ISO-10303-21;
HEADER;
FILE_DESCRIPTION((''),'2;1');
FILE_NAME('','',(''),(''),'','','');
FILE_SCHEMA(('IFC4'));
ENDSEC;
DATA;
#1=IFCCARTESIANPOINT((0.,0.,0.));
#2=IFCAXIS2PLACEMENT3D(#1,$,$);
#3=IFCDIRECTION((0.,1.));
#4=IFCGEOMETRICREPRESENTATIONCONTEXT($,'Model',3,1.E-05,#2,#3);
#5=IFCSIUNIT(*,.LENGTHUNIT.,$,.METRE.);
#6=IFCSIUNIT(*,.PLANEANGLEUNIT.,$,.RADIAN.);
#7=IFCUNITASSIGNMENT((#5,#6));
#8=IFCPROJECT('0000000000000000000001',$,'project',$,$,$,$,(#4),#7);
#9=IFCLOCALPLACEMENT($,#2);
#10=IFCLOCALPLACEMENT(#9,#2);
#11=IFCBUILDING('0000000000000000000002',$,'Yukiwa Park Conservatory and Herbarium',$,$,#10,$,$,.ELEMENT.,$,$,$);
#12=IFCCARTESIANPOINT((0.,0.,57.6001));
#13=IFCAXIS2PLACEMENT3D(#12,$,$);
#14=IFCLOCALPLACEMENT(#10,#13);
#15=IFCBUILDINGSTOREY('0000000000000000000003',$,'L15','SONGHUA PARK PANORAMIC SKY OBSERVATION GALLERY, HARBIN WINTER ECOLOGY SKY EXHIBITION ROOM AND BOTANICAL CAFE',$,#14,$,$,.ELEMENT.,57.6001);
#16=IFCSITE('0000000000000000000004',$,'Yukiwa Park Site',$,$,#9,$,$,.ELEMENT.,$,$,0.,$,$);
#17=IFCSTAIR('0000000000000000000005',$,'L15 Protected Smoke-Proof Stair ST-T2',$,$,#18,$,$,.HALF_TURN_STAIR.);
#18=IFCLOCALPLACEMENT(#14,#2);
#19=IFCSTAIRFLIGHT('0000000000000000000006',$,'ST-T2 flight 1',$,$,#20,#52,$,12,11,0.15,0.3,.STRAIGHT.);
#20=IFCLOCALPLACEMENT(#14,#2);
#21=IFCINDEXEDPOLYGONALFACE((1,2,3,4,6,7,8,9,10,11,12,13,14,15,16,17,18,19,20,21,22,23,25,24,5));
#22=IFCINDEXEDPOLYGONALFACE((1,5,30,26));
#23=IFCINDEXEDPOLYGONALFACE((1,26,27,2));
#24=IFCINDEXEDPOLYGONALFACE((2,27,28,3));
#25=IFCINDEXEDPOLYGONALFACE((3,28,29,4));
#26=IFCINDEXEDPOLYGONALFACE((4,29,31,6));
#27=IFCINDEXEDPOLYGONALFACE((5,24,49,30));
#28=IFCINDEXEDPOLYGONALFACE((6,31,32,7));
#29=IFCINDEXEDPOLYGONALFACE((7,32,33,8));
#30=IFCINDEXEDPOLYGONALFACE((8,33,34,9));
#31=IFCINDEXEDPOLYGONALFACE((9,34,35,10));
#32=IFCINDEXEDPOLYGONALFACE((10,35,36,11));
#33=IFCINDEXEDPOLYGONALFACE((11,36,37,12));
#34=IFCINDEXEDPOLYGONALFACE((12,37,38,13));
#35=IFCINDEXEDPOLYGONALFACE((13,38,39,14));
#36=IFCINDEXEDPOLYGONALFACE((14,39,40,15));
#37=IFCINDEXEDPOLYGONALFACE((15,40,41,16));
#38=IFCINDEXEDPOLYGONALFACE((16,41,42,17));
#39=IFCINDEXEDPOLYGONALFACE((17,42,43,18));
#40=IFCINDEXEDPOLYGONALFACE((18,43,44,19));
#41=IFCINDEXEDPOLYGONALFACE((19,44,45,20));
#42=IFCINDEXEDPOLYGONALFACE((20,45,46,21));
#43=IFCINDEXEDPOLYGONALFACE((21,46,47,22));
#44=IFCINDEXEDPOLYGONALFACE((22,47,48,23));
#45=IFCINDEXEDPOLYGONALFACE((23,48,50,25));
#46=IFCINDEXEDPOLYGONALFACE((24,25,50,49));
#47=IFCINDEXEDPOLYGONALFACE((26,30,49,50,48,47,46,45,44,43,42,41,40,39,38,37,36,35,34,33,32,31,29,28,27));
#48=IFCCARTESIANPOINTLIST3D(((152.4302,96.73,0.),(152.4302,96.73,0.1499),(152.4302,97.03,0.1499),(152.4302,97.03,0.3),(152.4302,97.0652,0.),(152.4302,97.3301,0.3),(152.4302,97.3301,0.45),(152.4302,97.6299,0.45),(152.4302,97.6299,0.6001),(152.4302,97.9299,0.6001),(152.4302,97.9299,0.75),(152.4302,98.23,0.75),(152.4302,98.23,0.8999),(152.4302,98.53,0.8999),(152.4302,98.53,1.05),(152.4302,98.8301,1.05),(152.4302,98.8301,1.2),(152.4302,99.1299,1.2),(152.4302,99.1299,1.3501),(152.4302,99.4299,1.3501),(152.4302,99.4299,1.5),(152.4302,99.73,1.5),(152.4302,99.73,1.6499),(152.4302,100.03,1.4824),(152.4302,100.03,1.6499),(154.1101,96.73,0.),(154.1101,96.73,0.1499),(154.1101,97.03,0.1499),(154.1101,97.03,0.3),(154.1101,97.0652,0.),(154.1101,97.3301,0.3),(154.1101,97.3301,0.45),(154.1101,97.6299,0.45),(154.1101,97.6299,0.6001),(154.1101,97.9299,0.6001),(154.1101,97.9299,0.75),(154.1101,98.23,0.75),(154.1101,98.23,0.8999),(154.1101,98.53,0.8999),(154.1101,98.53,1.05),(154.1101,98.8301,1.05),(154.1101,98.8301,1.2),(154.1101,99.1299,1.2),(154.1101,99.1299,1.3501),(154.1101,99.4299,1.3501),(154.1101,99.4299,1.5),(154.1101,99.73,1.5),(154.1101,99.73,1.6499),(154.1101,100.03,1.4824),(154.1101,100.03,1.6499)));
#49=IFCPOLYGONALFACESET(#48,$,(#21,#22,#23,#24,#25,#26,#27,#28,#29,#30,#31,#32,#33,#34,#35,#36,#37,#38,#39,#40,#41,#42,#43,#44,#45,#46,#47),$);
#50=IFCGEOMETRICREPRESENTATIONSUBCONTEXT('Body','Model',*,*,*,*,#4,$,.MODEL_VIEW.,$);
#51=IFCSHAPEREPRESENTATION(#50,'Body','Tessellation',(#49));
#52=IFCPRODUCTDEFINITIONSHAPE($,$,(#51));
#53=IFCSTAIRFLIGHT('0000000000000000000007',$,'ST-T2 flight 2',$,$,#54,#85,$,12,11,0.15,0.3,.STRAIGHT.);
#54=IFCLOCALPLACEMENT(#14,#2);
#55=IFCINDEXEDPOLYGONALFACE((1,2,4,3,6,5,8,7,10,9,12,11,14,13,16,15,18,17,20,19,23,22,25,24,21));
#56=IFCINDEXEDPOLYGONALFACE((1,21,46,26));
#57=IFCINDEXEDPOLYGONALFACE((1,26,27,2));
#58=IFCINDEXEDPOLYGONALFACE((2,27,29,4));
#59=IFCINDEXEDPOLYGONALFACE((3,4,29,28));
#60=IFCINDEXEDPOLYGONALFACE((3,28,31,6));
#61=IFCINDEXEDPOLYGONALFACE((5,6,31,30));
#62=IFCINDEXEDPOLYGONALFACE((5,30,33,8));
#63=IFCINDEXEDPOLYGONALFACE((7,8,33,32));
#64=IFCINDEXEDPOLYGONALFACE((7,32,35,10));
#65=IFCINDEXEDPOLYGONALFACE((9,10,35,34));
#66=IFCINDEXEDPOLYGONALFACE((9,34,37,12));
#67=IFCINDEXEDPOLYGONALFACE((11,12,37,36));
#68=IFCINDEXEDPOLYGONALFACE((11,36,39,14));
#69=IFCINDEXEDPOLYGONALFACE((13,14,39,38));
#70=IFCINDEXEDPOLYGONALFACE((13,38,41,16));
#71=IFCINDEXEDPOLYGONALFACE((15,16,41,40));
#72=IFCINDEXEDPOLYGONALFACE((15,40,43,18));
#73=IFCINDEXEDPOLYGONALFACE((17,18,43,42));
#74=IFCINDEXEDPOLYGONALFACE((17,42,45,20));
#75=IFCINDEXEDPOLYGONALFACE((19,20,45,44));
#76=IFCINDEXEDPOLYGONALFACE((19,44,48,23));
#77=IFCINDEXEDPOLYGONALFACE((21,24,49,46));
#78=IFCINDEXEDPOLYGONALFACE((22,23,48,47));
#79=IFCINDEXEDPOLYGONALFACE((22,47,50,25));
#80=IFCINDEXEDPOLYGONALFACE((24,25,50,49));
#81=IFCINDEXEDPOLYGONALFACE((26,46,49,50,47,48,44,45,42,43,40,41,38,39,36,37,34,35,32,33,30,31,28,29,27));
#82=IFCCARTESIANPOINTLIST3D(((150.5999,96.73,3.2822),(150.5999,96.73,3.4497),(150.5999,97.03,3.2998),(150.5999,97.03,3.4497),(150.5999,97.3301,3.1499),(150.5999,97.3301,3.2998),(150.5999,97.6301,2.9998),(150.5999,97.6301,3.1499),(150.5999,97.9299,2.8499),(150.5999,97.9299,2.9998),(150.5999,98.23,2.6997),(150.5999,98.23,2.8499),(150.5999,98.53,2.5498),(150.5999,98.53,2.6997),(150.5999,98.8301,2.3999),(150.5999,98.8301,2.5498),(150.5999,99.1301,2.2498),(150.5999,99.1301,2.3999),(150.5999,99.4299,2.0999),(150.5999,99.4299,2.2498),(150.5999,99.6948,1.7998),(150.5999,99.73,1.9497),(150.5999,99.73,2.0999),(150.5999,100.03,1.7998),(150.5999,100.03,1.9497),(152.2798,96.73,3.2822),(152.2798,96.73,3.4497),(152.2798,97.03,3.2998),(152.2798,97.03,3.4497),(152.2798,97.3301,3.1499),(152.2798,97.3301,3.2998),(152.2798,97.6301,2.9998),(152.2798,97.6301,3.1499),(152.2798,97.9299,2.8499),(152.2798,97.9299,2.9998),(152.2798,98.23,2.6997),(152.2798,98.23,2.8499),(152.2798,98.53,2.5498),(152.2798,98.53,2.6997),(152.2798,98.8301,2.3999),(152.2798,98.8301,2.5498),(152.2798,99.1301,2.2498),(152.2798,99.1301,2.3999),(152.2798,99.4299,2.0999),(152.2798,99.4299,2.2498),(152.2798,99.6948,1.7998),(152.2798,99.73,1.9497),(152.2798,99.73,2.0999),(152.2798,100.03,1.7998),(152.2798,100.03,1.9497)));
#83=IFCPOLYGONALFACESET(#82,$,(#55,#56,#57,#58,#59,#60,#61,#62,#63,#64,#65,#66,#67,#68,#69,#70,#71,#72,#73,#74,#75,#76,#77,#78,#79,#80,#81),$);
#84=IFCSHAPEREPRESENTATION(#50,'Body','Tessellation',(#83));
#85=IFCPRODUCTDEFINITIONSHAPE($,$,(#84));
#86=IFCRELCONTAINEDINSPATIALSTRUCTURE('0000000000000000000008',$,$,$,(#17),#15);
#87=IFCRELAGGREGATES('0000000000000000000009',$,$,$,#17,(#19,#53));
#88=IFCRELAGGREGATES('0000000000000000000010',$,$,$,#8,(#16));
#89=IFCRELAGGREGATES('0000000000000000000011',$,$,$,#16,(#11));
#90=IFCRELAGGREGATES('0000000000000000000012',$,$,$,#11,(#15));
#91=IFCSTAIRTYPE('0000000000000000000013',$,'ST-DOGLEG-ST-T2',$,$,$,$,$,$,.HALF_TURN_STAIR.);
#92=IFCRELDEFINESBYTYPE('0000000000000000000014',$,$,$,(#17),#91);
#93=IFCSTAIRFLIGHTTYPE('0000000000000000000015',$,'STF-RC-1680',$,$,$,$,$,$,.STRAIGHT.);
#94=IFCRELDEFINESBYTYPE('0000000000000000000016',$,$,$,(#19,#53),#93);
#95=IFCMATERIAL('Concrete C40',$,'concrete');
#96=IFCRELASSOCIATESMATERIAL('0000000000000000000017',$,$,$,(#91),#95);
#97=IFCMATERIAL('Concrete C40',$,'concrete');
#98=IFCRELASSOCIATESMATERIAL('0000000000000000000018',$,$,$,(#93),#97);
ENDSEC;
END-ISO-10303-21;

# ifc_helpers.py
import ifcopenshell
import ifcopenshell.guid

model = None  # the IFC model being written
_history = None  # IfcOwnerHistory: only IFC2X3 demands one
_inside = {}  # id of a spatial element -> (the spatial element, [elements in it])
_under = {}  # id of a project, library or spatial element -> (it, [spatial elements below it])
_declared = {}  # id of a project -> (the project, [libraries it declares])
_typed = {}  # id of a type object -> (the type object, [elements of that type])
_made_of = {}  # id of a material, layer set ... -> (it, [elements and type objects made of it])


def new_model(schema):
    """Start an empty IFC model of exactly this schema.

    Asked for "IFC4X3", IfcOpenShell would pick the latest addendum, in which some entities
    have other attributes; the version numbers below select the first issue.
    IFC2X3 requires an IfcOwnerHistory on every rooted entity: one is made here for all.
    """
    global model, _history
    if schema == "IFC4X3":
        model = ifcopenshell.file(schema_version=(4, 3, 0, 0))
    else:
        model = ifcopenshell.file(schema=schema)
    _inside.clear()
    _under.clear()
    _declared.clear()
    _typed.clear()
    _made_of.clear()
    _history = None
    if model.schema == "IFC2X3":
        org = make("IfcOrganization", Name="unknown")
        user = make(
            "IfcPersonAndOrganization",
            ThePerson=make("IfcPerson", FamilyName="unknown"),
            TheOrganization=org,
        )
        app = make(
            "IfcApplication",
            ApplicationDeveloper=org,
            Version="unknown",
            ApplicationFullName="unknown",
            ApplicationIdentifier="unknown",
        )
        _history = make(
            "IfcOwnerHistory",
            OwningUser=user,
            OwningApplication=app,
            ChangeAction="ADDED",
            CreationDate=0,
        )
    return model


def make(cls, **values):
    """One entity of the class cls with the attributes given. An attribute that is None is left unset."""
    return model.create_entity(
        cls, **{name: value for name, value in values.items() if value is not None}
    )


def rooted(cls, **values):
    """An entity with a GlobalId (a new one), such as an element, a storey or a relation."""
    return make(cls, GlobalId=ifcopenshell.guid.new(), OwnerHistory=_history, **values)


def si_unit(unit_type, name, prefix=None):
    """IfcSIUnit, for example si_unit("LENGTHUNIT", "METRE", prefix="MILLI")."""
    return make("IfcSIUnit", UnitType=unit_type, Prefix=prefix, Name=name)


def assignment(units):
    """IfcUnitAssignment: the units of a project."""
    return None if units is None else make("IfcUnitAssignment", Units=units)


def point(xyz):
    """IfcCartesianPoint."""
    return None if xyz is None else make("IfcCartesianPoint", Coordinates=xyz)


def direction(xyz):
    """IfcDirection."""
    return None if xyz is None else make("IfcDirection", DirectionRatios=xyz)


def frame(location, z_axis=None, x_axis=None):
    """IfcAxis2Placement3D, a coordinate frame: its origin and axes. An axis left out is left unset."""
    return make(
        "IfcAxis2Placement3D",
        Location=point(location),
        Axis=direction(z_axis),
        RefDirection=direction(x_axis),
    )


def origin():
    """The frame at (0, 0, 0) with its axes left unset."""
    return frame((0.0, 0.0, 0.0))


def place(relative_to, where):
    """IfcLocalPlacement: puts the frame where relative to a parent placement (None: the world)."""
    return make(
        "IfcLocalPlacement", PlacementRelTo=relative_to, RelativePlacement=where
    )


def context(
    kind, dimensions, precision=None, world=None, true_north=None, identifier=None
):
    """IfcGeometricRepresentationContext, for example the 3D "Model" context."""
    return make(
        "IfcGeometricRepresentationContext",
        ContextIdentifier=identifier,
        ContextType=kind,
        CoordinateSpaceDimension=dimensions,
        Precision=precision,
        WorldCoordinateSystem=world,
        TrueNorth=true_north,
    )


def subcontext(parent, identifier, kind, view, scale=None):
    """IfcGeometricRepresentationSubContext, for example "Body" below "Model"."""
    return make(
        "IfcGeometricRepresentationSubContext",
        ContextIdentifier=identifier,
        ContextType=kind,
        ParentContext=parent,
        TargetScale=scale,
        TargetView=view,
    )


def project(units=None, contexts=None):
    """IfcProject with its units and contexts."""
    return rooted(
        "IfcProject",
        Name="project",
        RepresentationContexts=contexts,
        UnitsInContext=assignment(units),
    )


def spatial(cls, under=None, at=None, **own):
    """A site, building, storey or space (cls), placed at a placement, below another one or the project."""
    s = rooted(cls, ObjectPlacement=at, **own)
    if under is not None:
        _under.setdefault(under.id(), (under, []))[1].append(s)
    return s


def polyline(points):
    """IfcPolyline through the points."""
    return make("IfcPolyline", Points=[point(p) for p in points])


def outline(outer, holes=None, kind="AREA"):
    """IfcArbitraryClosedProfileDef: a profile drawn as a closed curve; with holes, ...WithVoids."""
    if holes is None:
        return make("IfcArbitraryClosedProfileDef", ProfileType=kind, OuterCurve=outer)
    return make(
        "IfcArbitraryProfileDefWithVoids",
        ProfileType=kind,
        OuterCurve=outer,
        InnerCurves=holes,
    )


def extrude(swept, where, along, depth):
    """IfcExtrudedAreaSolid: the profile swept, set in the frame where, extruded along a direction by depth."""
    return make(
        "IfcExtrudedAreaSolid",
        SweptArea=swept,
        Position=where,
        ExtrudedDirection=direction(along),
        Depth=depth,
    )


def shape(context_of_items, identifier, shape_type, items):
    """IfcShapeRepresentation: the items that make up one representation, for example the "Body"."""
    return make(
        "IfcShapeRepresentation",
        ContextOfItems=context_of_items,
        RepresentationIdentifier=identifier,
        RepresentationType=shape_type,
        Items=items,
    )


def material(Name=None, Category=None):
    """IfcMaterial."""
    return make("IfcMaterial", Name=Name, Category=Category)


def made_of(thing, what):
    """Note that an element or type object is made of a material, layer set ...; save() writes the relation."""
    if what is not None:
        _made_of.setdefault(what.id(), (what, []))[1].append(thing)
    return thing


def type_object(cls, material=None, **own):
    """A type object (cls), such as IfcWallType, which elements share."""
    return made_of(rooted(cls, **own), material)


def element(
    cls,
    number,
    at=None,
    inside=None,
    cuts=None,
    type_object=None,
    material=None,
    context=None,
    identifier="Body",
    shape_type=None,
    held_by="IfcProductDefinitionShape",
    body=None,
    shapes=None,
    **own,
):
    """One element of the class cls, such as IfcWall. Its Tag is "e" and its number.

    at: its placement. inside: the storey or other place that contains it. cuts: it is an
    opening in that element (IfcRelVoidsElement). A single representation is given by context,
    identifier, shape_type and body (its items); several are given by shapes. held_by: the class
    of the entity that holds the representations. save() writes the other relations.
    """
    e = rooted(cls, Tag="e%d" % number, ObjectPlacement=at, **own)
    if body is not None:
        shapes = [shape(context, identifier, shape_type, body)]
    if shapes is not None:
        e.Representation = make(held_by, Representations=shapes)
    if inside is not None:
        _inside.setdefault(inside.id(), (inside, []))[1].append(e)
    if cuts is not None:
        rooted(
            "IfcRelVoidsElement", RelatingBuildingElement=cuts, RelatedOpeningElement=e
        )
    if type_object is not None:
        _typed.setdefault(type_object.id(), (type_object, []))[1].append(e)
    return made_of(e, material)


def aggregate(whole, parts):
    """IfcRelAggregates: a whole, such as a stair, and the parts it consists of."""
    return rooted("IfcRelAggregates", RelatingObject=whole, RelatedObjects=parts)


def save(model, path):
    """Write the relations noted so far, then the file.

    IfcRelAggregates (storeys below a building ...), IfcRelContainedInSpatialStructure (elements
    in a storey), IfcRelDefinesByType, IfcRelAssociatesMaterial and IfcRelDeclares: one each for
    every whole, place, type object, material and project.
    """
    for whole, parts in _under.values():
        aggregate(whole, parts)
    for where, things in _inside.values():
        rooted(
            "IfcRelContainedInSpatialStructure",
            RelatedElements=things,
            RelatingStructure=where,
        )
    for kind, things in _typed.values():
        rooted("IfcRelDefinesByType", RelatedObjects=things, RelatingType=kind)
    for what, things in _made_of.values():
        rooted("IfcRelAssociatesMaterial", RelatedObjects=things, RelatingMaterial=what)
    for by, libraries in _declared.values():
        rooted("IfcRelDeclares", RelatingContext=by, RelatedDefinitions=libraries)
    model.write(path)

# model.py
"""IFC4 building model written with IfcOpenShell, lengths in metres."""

from ifc_helpers import new_model, si_unit, direction, frame, origin, place, context, subcontext, project, spatial, polyline, outline, extrude, material, type_object, element, aggregate, save


model = new_model("IFC4")

# Units and contexts
model_context = context("Model", 3, precision=1e-05, world=origin(), true_north=direction((0.0, 1.0)))
body_context = subcontext(model_context, "Body", "Model", "MODEL_VIEW")
ifc_project = project(units=[si_unit("LENGTHUNIT", "METRE"), si_unit("PLANEANGLEUNIT", "RADIAN")], contexts=[model_context])

# Site, building, storey
site_placement = place(None, origin())
site = spatial("IfcSite", under=ifc_project, at=site_placement, Name="Yukiwa Park Site", CompositionType="ELEMENT", RefElevation=0.0)
building_placement = place(site_placement, origin())
building = spatial("IfcBuilding", under=site, at=building_placement, Name="Yukiwa Park Conservatory and Herbarium", CompositionType="ELEMENT")
storey_placement = place(building_placement, frame((0.0, 0.0, 57.6001)))
storey = spatial("IfcBuildingStorey", under=building, at=storey_placement, Name="L15", Description="SONGHUA PARK PANORAMIC SKY OBSERVATION GALLERY, HARBIN WINTER ECOLOGY SKY EXHIBITION ROOM AND BOTANICAL CAFE", CompositionType="ELEMENT", Elevation=57.6001)

# Stair, stair flights
ifc_material_1 = material(Name="Concrete C40", Category="concrete")
stair_type = type_object("IfcStairType", Name="ST-DOGLEG-ST-T2", PredefinedType="HALF_TURN_STAIR", material=ifc_material_1)
stair_placement = place(storey_placement, origin())
stair = element("IfcStair", 1, at=stair_placement, inside=storey, type_object=stair_type, Name="L15 Protected Smoke-Proof Stair ST-T2", PredefinedType="HALF_TURN_STAIR")
ifc_material_2 = material(Name="Concrete C40", Category="concrete")
stair_flight_type = type_object("IfcStairFlightType", Name="STF-RC-1680", PredefinedType="STRAIGHT", material=ifc_material_2)
stair_flight_1_placement = place(storey_placement, frame((153.27, 96.73, 0.0), z_axis=(0.0, 0.0, 1.0), x_axis=(0.0, 1.0, 0.0)))
stair_flight_1 = element("IfcStairFlight", 2, at=stair_flight_1_placement, type_object=stair_flight_type, Name="ST-T2 flight 1", NumberOfRisers=12, NumberOfTreads=11, PredefinedType="STRAIGHT", RiserHeight=0.15, TreadLength=0.3, context=body_context, shape_type="SweptSolid", body=[
    extrude(outline(polyline([(0.0, 0.0), (0.0, 0.1499), (0.3, 0.1499), (0.3, 0.3), (0.6001, 0.3), (0.6001, 0.45), (0.8999, 0.45), (0.8999, 0.6001), (1.2, 0.6001), (1.2, 0.75), (1.5, 0.75), (1.5, 0.8999), (1.8, 0.8999), (1.8, 1.05), (2.1001, 1.05), (2.1001, 1.2), (2.3999, 1.2), (2.3999, 1.3501), (2.7, 1.3501), (2.7, 1.5), (3.0, 1.5), (3.0, 1.6499), (3.3, 1.6499), (3.3, 1.8), (3.3, 1.4824), (0.3352, 0.0), (0.0, 0.0)])), frame((0.0, 0.8398, 0.0), z_axis=(0.0, -1.0, 0.0), x_axis=(1.0, 0.0, 0.0)), (0.0, 0.0, 1.0), 1.6799),
])
stair_flight_2_placement = place(storey_placement, frame((151.4399, 100.03, 1.7998), z_axis=(0.0, 0.0, 1.0), x_axis=(0.0, -1.0, 0.0)))
stair_flight_2 = element("IfcStairFlight", 3, at=stair_flight_2_placement, type_object=stair_flight_type, Name="ST-T2 flight 2", NumberOfRisers=12, NumberOfTreads=11, PredefinedType="STRAIGHT", RiserHeight=0.15, TreadLength=0.3, context=body_context, shape_type="SweptSolid", body=[
    extrude(outline(polyline([(0.0, 0.0), (0.0, 0.1499), (0.3, 0.1499), (0.3, 0.3), (0.6001, 0.3), (0.6001, 0.45), (0.8999, 0.45), (0.8999, 0.6001), (1.2, 0.6001), (1.2, 0.75), (1.5, 0.75), (1.5, 0.8999), (1.8, 0.8999), (1.8, 1.05), (2.1001, 1.05), (2.1001, 1.2), (2.3999, 1.2), (2.3999, 1.3501), (2.7, 1.3501), (2.7, 1.5), (3.0, 1.5), (3.0, 1.6499), (3.3, 1.6499), (3.3, 1.8), (3.3, 1.4824), (0.3352, 0.0), (0.0, 0.0)])), frame((0.0, 0.8398, 0.0), z_axis=(0.0, -1.0, 0.0), x_axis=(1.0, 0.0, 0.0)), (0.0, 0.0, 1.0), 1.6799),
])
aggregate(stair, [stair_flight_1, stair_flight_2])

save(model, "model.ifc")
